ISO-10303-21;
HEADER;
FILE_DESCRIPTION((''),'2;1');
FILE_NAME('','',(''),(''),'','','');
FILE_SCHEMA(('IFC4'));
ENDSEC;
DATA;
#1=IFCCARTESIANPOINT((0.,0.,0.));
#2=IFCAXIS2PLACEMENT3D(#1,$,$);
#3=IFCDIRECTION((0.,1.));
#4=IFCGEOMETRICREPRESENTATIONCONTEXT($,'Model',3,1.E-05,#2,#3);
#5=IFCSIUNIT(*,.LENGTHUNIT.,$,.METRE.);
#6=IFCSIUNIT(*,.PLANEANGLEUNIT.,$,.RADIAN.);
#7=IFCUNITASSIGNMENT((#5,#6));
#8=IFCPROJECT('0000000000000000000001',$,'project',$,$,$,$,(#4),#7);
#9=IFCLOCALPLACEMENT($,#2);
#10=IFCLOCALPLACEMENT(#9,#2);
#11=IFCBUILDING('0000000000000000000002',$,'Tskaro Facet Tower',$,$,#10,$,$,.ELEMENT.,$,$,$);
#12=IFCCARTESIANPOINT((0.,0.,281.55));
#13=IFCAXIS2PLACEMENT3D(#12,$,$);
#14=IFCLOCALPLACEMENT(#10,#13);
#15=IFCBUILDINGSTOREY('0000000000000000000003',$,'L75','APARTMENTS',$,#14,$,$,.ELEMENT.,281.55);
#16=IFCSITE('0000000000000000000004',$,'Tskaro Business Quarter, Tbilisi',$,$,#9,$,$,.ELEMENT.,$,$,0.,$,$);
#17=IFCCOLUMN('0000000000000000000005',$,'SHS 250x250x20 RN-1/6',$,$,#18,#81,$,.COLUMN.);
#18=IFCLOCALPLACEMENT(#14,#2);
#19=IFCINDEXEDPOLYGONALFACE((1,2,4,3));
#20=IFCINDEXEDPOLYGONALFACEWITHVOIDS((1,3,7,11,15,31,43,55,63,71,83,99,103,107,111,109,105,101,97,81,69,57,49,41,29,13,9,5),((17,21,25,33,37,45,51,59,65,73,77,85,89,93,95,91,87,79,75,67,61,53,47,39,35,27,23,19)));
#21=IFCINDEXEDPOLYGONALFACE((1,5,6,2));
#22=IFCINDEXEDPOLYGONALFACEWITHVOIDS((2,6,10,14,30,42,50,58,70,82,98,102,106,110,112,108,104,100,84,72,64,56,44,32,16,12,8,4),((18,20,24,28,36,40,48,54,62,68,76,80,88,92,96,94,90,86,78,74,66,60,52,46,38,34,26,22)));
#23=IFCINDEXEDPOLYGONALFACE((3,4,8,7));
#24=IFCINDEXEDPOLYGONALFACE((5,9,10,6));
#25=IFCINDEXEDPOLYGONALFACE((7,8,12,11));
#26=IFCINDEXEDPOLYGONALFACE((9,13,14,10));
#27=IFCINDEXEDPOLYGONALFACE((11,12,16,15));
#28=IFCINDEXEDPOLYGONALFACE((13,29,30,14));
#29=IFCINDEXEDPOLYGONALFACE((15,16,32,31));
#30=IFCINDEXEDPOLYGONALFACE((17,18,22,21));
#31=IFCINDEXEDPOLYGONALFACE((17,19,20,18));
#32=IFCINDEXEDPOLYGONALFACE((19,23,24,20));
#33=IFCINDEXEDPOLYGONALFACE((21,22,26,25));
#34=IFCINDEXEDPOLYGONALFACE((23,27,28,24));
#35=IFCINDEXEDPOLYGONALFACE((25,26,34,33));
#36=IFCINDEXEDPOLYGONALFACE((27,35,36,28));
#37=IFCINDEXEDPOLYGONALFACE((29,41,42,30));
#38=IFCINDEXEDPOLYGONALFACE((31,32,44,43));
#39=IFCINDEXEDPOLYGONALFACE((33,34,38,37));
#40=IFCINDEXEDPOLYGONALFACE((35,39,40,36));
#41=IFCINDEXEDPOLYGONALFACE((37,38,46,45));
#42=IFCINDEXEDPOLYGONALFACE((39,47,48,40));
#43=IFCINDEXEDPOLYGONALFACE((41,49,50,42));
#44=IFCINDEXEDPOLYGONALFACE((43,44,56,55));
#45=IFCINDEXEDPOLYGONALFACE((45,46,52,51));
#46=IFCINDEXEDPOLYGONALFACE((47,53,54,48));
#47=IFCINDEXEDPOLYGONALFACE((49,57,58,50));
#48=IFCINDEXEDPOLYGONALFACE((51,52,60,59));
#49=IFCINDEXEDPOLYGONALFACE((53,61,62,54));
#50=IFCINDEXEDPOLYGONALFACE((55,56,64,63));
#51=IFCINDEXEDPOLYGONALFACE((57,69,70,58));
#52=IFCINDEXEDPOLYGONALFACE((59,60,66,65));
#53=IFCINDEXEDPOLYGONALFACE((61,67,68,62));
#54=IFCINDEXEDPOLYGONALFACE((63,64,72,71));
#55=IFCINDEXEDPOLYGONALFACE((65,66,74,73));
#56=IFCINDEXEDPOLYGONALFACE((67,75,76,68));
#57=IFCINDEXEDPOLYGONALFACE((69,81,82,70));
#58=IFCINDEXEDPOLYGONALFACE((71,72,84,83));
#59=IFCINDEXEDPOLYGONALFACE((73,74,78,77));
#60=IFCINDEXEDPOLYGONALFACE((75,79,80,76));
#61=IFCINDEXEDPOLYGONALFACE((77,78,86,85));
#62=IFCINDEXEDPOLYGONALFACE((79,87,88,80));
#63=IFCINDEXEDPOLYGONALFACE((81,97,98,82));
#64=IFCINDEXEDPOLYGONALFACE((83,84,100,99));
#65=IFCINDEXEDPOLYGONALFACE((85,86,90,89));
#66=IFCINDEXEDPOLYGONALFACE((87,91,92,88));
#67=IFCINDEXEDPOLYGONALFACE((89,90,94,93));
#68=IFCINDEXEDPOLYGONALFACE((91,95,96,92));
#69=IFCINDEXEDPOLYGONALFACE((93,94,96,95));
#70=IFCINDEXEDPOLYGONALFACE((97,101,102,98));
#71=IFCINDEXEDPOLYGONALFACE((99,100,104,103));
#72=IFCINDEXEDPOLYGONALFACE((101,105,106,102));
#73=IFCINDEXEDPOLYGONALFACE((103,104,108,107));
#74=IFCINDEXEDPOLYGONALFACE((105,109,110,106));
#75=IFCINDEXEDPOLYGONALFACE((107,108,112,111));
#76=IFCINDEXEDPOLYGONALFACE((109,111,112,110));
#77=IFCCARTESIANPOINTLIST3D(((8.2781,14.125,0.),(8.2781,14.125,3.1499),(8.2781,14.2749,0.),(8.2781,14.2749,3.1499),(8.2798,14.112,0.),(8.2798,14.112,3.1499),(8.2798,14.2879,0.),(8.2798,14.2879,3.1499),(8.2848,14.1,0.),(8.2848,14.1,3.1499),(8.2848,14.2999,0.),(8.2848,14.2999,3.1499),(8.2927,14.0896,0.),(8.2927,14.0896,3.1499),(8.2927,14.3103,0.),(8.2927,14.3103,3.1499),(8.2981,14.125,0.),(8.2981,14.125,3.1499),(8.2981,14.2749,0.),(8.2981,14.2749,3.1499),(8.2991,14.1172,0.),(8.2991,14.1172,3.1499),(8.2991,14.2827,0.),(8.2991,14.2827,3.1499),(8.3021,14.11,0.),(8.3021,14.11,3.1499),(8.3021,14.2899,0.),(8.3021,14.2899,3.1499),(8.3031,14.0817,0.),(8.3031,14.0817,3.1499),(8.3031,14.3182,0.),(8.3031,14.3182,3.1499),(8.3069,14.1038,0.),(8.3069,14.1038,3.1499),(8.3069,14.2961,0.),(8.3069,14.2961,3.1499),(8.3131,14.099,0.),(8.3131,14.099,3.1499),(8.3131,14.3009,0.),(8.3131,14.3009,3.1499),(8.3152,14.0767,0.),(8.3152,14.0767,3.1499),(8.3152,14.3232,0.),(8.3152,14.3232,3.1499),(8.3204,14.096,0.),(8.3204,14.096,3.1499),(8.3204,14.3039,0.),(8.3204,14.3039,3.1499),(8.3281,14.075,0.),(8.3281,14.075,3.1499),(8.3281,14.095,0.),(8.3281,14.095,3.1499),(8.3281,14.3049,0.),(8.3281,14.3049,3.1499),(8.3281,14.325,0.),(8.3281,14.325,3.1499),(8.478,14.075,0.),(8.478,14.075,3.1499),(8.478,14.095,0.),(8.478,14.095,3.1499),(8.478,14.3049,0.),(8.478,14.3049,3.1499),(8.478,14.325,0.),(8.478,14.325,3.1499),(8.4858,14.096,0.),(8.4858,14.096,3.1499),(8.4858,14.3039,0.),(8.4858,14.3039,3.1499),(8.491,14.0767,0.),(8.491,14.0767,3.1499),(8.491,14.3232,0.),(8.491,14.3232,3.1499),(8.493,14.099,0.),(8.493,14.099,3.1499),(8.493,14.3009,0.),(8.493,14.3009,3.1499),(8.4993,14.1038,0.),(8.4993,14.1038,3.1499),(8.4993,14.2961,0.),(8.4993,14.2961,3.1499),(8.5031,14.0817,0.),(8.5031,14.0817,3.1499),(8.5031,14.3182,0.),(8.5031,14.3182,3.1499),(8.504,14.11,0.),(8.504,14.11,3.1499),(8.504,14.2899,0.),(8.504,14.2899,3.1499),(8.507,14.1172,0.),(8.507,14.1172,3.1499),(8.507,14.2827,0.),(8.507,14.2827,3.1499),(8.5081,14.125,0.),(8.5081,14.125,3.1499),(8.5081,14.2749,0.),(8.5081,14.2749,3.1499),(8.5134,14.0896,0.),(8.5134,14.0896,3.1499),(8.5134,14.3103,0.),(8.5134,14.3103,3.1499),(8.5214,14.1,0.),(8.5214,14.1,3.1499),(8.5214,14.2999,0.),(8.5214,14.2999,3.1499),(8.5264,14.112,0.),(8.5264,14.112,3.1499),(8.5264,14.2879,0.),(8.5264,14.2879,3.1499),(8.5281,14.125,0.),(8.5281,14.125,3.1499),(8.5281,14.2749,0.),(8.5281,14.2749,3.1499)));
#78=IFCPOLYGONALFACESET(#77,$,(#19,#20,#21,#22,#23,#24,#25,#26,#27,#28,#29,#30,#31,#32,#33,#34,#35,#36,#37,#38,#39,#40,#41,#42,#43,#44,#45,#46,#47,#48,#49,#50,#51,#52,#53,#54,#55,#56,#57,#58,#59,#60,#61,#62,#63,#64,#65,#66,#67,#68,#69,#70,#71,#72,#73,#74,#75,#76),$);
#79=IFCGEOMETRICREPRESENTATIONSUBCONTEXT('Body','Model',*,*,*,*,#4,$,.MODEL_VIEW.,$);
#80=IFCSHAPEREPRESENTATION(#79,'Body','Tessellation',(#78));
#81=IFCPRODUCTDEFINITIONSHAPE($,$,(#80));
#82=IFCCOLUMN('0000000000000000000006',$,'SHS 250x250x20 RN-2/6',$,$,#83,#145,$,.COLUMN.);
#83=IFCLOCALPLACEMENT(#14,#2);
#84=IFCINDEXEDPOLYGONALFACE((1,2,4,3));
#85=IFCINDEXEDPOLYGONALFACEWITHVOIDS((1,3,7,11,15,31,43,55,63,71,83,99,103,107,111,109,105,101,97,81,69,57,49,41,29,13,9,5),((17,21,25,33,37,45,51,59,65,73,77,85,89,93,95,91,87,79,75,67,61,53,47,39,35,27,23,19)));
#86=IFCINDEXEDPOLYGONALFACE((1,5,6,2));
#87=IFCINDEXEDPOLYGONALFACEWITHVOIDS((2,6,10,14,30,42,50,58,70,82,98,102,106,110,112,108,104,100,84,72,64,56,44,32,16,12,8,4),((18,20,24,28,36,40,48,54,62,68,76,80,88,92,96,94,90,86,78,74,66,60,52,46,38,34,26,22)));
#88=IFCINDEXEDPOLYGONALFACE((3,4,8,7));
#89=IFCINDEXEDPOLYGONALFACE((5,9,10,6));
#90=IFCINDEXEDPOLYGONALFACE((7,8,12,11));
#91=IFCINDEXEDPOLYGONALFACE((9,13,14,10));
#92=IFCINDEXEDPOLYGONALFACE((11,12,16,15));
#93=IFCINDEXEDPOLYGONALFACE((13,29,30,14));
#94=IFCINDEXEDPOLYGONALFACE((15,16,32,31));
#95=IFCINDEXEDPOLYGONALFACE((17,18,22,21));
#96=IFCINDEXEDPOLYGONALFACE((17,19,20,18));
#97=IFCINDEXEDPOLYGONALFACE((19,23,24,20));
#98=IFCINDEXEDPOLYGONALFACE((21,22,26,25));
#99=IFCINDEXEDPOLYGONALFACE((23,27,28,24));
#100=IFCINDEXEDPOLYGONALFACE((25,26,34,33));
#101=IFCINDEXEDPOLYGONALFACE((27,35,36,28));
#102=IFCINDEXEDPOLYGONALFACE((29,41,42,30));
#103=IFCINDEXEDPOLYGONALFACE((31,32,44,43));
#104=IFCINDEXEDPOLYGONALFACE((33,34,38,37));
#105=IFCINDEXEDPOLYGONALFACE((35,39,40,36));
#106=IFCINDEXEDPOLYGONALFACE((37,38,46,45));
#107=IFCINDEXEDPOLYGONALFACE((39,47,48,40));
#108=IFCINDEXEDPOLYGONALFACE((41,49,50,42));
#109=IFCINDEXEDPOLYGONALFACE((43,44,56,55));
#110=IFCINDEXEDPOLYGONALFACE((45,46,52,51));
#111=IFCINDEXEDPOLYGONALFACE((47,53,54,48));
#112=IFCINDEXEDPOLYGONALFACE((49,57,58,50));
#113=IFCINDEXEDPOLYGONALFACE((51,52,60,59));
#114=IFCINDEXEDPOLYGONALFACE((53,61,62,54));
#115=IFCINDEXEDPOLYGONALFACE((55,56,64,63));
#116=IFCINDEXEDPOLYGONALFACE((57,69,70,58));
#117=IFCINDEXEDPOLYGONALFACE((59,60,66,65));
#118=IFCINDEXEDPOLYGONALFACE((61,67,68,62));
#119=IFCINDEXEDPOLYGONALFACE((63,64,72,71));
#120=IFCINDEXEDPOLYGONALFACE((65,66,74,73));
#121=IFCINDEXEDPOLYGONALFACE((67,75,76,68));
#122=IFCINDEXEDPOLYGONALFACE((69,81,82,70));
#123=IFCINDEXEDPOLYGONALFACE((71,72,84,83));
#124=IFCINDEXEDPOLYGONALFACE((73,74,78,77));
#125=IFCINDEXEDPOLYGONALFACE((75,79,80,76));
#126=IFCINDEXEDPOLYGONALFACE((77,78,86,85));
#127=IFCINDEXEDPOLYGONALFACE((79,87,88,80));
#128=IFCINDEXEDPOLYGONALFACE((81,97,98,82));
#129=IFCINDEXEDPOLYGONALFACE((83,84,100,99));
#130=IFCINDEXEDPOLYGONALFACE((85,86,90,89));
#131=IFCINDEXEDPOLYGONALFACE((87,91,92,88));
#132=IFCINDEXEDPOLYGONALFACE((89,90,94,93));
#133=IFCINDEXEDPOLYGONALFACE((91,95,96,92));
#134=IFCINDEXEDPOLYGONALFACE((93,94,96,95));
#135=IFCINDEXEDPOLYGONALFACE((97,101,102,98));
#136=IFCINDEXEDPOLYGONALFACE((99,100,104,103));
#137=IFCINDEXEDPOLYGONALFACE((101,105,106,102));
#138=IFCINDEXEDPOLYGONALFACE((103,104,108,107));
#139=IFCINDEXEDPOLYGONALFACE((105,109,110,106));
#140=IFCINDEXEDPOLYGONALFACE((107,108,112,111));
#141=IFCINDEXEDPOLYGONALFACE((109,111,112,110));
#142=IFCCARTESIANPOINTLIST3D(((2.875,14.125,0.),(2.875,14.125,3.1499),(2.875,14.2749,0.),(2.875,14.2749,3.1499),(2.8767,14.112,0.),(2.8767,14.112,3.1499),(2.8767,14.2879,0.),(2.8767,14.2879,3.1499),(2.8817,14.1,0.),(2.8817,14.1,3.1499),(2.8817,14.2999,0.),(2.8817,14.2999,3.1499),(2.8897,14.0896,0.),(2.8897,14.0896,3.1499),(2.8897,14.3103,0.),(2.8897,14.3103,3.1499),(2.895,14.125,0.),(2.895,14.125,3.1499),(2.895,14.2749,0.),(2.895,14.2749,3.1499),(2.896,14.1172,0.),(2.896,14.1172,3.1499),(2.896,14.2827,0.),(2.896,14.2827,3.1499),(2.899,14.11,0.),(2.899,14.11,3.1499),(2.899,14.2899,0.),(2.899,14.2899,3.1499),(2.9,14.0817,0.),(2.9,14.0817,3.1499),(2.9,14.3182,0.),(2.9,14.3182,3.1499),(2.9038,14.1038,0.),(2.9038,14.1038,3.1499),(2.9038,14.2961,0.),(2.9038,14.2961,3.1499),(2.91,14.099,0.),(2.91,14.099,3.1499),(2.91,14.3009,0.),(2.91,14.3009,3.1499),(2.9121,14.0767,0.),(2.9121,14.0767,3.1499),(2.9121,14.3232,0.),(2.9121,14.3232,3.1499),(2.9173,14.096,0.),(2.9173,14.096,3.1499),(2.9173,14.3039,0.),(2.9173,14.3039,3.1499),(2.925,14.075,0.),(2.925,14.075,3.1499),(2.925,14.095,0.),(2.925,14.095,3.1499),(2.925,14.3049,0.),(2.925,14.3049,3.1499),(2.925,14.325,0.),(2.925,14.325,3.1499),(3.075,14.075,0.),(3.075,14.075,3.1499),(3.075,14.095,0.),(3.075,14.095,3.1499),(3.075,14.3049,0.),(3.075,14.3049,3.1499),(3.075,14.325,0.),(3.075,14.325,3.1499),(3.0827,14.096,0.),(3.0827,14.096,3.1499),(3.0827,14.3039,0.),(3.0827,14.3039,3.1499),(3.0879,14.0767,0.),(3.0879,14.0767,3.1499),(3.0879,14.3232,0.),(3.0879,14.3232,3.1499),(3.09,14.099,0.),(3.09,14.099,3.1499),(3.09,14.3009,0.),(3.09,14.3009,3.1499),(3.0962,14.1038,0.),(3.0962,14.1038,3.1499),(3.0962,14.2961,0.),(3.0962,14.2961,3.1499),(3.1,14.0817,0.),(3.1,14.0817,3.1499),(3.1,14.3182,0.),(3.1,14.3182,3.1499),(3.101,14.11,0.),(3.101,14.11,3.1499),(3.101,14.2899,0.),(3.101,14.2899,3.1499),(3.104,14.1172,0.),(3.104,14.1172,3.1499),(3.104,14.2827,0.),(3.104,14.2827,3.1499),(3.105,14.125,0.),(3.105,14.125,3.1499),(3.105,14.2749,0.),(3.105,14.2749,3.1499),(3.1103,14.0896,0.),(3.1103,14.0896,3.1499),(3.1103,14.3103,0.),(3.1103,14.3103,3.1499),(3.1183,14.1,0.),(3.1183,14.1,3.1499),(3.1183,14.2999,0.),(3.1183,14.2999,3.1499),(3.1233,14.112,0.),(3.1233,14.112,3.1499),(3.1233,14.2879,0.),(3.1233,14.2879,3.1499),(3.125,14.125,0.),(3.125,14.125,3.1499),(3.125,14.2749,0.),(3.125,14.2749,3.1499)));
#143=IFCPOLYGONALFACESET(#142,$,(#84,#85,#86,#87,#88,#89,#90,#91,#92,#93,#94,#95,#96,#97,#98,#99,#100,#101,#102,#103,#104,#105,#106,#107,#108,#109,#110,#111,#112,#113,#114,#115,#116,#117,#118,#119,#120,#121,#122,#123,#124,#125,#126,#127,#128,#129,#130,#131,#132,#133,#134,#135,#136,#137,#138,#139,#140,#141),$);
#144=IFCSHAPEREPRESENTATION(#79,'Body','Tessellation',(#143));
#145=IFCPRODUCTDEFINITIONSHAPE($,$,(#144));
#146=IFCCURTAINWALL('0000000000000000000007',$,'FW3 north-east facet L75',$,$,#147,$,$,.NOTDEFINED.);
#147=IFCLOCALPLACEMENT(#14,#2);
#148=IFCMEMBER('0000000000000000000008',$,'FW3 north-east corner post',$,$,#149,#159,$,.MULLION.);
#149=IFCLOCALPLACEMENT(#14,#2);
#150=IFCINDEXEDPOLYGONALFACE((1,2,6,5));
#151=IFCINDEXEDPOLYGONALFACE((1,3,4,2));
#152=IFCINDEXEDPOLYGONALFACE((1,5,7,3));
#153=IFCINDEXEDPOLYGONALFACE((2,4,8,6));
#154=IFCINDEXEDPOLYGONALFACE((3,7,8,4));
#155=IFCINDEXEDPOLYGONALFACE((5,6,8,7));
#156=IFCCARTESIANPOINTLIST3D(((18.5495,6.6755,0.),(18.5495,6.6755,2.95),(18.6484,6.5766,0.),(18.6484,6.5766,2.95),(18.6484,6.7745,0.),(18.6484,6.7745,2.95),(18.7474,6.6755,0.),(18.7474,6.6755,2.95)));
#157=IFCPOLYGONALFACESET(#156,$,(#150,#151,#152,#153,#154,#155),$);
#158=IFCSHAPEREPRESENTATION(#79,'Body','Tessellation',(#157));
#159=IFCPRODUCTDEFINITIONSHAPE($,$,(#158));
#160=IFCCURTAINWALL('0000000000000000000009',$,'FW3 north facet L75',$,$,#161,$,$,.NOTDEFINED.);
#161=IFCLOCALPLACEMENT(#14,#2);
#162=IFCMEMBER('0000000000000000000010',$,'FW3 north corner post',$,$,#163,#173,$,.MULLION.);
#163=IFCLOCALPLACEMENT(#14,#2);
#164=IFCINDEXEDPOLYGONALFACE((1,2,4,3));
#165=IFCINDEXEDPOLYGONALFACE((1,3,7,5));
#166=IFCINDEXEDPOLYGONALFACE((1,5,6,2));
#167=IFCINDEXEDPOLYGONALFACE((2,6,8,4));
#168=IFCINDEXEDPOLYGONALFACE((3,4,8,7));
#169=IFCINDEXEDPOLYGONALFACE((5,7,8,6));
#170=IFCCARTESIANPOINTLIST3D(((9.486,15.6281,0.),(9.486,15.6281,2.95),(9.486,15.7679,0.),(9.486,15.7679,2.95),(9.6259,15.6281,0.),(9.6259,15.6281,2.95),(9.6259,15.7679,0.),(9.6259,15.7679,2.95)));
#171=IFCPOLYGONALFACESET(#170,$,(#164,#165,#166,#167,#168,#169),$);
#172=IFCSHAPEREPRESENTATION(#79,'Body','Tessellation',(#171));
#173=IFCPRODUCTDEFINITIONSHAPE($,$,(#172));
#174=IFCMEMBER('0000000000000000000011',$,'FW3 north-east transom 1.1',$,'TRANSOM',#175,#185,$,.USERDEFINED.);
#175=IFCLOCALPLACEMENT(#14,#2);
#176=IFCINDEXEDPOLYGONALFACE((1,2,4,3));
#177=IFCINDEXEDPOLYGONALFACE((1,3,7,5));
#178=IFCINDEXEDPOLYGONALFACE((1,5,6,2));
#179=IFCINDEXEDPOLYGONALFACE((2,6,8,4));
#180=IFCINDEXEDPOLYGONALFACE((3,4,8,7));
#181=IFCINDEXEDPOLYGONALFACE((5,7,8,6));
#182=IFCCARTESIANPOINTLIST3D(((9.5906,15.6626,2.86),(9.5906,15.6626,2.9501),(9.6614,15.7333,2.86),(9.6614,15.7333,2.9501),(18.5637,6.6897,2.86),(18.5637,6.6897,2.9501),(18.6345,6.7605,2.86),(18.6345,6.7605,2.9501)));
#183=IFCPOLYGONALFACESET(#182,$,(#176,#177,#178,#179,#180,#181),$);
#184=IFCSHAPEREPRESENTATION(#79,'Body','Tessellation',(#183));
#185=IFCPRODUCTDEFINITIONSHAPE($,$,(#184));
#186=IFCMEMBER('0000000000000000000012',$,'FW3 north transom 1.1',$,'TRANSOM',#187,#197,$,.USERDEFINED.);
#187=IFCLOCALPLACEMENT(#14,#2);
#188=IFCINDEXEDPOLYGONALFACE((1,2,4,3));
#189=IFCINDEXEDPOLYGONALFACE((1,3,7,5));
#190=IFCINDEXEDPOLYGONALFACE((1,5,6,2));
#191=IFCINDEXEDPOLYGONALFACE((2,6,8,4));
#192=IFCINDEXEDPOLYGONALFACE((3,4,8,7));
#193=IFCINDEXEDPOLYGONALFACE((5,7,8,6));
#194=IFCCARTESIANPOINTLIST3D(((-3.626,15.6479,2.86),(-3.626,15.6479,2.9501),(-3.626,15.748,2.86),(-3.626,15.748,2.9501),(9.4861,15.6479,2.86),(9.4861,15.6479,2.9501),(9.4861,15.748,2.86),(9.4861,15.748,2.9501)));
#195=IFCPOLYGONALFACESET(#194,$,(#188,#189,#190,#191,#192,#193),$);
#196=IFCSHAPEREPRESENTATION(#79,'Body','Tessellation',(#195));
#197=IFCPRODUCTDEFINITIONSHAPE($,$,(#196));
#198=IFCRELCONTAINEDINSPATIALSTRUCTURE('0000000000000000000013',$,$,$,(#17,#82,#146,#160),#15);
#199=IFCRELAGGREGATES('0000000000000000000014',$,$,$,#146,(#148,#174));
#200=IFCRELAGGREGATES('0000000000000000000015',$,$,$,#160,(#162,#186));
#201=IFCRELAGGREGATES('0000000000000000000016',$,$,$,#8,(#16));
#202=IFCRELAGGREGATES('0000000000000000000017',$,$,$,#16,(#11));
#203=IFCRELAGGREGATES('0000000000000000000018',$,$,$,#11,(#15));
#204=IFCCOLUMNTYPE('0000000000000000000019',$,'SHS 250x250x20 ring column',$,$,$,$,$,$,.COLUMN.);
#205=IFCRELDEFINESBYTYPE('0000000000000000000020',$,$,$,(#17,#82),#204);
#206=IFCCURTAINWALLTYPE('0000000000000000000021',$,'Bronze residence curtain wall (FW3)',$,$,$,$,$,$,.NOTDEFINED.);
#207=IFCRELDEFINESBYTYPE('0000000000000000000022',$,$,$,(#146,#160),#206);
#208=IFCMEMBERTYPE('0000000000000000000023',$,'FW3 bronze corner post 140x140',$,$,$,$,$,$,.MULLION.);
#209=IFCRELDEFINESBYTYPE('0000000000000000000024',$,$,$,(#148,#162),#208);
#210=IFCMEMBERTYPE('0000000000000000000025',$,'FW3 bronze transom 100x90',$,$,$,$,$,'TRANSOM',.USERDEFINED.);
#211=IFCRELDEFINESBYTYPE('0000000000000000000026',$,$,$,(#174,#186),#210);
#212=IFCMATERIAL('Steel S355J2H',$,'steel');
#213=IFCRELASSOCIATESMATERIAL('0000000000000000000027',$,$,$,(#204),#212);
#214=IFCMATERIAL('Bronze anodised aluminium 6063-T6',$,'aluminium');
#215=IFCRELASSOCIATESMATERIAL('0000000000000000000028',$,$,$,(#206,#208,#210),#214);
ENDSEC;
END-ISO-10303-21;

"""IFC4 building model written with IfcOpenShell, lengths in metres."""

from ifc_helpers import new_model, si_unit, direction, frame, origin, origin_2d, place, context, subcontext, project, spatial, rectangle, hollow_rectangle, extrude, material, material_profile, profile_set, type_object, element, aggregate, save


model = new_model("IFC4")

# Units and contexts
model_context = context("Model", 3, precision=1e-05, world=origin(), true_north=direction((0.0, 1.0)))
body_context = subcontext(model_context, "Body", "Model", "MODEL_VIEW")
ifc_project = project(units=[si_unit("LENGTHUNIT", "METRE"), si_unit("PLANEANGLEUNIT", "RADIAN")], contexts=[model_context])

# Site, building, storey
site_placement = place(None, origin())
site = spatial("IfcSite", under=ifc_project, at=site_placement, Name="Tskaro Business Quarter, Tbilisi", CompositionType="ELEMENT", RefElevation=0.0)
building_placement = place(site_placement, origin())
building = spatial("IfcBuilding", under=site, at=building_placement, Name="Tskaro Facet Tower", CompositionType="ELEMENT")
storey_placement = place(building_placement, frame((0.0, 0.0, 281.55)))
storey = spatial("IfcBuildingStorey", under=building, at=storey_placement, Name="L75", Description="APARTMENTS", CompositionType="ELEMENT", Elevation=281.55)

# Columns
ifc_material_1 = material(Name="Steel S355J2H", Category="steel")
ifc_material_profile_1 = material_profile(ifc_material_1, hollow_rectangle(XDim=0.25, YDim=0.25, WallThickness=0.02, InnerFilletRadius=0.03, OuterFilletRadius=0.05, at=origin_2d()), Name="SHS 250x250x20")
ifc_profile_set_1 = profile_set([ifc_material_profile_1], Name="Steel S355J2H")
column_type_1 = type_object("IfcColumnType", Name="SHS 250x250x20 ring column", PredefinedType="COLUMN", material=ifc_profile_set_1)
for number, where, z_axis, x_axis, name in (
    (1, (8.4031, 14.2, 0.0), (0.0, 0.0, 1.0), (1.0, 0.0, 0.0), "SHS 250x250x20 RN-1/6"),
    (2, (3.0, 14.2, 0.0), (0.0, 0.0, 1.0), (1.0, 0.0, 0.0), "SHS 250x250x20 RN-2/6"),
):
    element("IfcColumn", number, at=place(storey_placement, frame(where, z_axis=z_axis, x_axis=x_axis)), inside=storey, type_object=column_type_1, Name=name, PredefinedType="COLUMN", context=body_context, shape_type="SweptSolid", body=[
        extrude(hollow_rectangle(XDim=0.25, YDim=0.25, WallThickness=0.02, InnerFilletRadius=0.03, OuterFilletRadius=0.05, at=origin_2d()), origin(), (0.0, 0.0, 1.0), 3.1499),
    ])

# Curtain walls, members
ifc_material_2 = material(Name="Bronze anodised aluminium 6063-T6", Category="aluminium")
curtain_wall_type = type_object("IfcCurtainWallType", Name="Bronze residence curtain wall (FW3)", PredefinedType="NOTDEFINED", material=ifc_material_2)
curtain_wall_1_placement = place(storey_placement, origin())
curtain_wall_1 = element("IfcCurtainWall", 3, at=curtain_wall_1_placement, inside=storey, type_object=curtain_wall_type, Name="FW3 north-east facet L75", PredefinedType="NOTDEFINED")
ifc_material_profile_2 = material_profile(ifc_material_2, rectangle(XDim=0.1399, YDim=0.1399, at=origin_2d()), Name="Corner post 140x140")
ifc_profile_set_2 = profile_set([ifc_material_profile_2], Name="Bronze anodised aluminium 6063-T6")
member_type_1 = type_object("IfcMemberType", Name="FW3 bronze corner post 140x140", PredefinedType="MULLION", material=ifc_profile_set_2)
member_1_placement = place(storey_placement, frame((18.6484, 6.6755, 0.0), z_axis=(0.0, 0.0, 1.0), x_axis=(-0.707107, 0.707107, 0.0)))
member_1 = element("IfcMember", 4, at=member_1_placement, type_object=member_type_1, Name="FW3 north-east corner post", PredefinedType="MULLION", context=body_context, shape_type="SweptSolid", body=[
    extrude(rectangle(XDim=0.1399, YDim=0.1399, at=origin_2d()), origin(), (0.0, 0.0, 1.0), 2.95),
])
curtain_wall_2_placement = place(storey_placement, origin())
curtain_wall_2 = element("IfcCurtainWall", 5, at=curtain_wall_2_placement, inside=storey, type_object=curtain_wall_type, Name="FW3 north facet L75", PredefinedType="NOTDEFINED")
member_2_placement = place(storey_placement, frame((9.5559, 15.698, 0.0), z_axis=(0.0, 0.0, 1.0), x_axis=(-1.0, 0.0, 0.0)))
member_2 = element("IfcMember", 6, at=member_2_placement, type_object=member_type_1, Name="FW3 north corner post", PredefinedType="MULLION", context=body_context, shape_type="SweptSolid", body=[
    extrude(rectangle(XDim=0.1399, YDim=0.1399, at=origin_2d()), origin(), (0.0, 0.0, 1.0), 2.95),
])

# Members
ifc_material_profile_3 = material_profile(ifc_material_2, rectangle(XDim=0.1001, YDim=0.0901, at=origin_2d()), Name="Transom 100x90")
ifc_profile_set_3 = profile_set([ifc_material_profile_3], Name="Bronze anodised aluminium 6063-T6")
member_type_2 = type_object("IfcMemberType", Name="FW3 bronze transom 100x90", ElementType="TRANSOM", PredefinedType="USERDEFINED", material=ifc_profile_set_3)
member_3_placement = place(storey_placement, frame((18.5991, 6.7251, 2.905), z_axis=(-0.707116, 0.707097, 0.0), x_axis=(-0.707097, -0.707116, 0.0)))
member_3 = element("IfcMember", 7, at=member_3_placement, type_object=member_type_2, Name="FW3 north-east transom 1.1", ObjectType="TRANSOM", PredefinedType="USERDEFINED", context=body_context, shape_type="SweptSolid", body=[
    extrude(rectangle(XDim=0.1001, YDim=0.0901, at=origin_2d()), origin(), (0.0, 0.0, 1.0), 12.6897),
])
member_4_placement = place(storey_placement, frame((9.4861, 15.698, 2.905), z_axis=(-1.0, 0.0, 0.0), x_axis=(0.0, -1.0, 0.0)))
member_4 = element("IfcMember", 8, at=member_4_placement, type_object=member_type_2, Name="FW3 north transom 1.1", ObjectType="TRANSOM", PredefinedType="USERDEFINED", context=body_context, shape_type="SweptSolid", body=[
    extrude(rectangle(XDim=0.1001, YDim=0.0901, at=origin_2d()), origin(), (0.0, 0.0, 1.0), 13.1121),
])

aggregate(curtain_wall_1, [member_1, member_3])
aggregate(curtain_wall_2, [member_2, member_4])

save(model, "model.ifc")
